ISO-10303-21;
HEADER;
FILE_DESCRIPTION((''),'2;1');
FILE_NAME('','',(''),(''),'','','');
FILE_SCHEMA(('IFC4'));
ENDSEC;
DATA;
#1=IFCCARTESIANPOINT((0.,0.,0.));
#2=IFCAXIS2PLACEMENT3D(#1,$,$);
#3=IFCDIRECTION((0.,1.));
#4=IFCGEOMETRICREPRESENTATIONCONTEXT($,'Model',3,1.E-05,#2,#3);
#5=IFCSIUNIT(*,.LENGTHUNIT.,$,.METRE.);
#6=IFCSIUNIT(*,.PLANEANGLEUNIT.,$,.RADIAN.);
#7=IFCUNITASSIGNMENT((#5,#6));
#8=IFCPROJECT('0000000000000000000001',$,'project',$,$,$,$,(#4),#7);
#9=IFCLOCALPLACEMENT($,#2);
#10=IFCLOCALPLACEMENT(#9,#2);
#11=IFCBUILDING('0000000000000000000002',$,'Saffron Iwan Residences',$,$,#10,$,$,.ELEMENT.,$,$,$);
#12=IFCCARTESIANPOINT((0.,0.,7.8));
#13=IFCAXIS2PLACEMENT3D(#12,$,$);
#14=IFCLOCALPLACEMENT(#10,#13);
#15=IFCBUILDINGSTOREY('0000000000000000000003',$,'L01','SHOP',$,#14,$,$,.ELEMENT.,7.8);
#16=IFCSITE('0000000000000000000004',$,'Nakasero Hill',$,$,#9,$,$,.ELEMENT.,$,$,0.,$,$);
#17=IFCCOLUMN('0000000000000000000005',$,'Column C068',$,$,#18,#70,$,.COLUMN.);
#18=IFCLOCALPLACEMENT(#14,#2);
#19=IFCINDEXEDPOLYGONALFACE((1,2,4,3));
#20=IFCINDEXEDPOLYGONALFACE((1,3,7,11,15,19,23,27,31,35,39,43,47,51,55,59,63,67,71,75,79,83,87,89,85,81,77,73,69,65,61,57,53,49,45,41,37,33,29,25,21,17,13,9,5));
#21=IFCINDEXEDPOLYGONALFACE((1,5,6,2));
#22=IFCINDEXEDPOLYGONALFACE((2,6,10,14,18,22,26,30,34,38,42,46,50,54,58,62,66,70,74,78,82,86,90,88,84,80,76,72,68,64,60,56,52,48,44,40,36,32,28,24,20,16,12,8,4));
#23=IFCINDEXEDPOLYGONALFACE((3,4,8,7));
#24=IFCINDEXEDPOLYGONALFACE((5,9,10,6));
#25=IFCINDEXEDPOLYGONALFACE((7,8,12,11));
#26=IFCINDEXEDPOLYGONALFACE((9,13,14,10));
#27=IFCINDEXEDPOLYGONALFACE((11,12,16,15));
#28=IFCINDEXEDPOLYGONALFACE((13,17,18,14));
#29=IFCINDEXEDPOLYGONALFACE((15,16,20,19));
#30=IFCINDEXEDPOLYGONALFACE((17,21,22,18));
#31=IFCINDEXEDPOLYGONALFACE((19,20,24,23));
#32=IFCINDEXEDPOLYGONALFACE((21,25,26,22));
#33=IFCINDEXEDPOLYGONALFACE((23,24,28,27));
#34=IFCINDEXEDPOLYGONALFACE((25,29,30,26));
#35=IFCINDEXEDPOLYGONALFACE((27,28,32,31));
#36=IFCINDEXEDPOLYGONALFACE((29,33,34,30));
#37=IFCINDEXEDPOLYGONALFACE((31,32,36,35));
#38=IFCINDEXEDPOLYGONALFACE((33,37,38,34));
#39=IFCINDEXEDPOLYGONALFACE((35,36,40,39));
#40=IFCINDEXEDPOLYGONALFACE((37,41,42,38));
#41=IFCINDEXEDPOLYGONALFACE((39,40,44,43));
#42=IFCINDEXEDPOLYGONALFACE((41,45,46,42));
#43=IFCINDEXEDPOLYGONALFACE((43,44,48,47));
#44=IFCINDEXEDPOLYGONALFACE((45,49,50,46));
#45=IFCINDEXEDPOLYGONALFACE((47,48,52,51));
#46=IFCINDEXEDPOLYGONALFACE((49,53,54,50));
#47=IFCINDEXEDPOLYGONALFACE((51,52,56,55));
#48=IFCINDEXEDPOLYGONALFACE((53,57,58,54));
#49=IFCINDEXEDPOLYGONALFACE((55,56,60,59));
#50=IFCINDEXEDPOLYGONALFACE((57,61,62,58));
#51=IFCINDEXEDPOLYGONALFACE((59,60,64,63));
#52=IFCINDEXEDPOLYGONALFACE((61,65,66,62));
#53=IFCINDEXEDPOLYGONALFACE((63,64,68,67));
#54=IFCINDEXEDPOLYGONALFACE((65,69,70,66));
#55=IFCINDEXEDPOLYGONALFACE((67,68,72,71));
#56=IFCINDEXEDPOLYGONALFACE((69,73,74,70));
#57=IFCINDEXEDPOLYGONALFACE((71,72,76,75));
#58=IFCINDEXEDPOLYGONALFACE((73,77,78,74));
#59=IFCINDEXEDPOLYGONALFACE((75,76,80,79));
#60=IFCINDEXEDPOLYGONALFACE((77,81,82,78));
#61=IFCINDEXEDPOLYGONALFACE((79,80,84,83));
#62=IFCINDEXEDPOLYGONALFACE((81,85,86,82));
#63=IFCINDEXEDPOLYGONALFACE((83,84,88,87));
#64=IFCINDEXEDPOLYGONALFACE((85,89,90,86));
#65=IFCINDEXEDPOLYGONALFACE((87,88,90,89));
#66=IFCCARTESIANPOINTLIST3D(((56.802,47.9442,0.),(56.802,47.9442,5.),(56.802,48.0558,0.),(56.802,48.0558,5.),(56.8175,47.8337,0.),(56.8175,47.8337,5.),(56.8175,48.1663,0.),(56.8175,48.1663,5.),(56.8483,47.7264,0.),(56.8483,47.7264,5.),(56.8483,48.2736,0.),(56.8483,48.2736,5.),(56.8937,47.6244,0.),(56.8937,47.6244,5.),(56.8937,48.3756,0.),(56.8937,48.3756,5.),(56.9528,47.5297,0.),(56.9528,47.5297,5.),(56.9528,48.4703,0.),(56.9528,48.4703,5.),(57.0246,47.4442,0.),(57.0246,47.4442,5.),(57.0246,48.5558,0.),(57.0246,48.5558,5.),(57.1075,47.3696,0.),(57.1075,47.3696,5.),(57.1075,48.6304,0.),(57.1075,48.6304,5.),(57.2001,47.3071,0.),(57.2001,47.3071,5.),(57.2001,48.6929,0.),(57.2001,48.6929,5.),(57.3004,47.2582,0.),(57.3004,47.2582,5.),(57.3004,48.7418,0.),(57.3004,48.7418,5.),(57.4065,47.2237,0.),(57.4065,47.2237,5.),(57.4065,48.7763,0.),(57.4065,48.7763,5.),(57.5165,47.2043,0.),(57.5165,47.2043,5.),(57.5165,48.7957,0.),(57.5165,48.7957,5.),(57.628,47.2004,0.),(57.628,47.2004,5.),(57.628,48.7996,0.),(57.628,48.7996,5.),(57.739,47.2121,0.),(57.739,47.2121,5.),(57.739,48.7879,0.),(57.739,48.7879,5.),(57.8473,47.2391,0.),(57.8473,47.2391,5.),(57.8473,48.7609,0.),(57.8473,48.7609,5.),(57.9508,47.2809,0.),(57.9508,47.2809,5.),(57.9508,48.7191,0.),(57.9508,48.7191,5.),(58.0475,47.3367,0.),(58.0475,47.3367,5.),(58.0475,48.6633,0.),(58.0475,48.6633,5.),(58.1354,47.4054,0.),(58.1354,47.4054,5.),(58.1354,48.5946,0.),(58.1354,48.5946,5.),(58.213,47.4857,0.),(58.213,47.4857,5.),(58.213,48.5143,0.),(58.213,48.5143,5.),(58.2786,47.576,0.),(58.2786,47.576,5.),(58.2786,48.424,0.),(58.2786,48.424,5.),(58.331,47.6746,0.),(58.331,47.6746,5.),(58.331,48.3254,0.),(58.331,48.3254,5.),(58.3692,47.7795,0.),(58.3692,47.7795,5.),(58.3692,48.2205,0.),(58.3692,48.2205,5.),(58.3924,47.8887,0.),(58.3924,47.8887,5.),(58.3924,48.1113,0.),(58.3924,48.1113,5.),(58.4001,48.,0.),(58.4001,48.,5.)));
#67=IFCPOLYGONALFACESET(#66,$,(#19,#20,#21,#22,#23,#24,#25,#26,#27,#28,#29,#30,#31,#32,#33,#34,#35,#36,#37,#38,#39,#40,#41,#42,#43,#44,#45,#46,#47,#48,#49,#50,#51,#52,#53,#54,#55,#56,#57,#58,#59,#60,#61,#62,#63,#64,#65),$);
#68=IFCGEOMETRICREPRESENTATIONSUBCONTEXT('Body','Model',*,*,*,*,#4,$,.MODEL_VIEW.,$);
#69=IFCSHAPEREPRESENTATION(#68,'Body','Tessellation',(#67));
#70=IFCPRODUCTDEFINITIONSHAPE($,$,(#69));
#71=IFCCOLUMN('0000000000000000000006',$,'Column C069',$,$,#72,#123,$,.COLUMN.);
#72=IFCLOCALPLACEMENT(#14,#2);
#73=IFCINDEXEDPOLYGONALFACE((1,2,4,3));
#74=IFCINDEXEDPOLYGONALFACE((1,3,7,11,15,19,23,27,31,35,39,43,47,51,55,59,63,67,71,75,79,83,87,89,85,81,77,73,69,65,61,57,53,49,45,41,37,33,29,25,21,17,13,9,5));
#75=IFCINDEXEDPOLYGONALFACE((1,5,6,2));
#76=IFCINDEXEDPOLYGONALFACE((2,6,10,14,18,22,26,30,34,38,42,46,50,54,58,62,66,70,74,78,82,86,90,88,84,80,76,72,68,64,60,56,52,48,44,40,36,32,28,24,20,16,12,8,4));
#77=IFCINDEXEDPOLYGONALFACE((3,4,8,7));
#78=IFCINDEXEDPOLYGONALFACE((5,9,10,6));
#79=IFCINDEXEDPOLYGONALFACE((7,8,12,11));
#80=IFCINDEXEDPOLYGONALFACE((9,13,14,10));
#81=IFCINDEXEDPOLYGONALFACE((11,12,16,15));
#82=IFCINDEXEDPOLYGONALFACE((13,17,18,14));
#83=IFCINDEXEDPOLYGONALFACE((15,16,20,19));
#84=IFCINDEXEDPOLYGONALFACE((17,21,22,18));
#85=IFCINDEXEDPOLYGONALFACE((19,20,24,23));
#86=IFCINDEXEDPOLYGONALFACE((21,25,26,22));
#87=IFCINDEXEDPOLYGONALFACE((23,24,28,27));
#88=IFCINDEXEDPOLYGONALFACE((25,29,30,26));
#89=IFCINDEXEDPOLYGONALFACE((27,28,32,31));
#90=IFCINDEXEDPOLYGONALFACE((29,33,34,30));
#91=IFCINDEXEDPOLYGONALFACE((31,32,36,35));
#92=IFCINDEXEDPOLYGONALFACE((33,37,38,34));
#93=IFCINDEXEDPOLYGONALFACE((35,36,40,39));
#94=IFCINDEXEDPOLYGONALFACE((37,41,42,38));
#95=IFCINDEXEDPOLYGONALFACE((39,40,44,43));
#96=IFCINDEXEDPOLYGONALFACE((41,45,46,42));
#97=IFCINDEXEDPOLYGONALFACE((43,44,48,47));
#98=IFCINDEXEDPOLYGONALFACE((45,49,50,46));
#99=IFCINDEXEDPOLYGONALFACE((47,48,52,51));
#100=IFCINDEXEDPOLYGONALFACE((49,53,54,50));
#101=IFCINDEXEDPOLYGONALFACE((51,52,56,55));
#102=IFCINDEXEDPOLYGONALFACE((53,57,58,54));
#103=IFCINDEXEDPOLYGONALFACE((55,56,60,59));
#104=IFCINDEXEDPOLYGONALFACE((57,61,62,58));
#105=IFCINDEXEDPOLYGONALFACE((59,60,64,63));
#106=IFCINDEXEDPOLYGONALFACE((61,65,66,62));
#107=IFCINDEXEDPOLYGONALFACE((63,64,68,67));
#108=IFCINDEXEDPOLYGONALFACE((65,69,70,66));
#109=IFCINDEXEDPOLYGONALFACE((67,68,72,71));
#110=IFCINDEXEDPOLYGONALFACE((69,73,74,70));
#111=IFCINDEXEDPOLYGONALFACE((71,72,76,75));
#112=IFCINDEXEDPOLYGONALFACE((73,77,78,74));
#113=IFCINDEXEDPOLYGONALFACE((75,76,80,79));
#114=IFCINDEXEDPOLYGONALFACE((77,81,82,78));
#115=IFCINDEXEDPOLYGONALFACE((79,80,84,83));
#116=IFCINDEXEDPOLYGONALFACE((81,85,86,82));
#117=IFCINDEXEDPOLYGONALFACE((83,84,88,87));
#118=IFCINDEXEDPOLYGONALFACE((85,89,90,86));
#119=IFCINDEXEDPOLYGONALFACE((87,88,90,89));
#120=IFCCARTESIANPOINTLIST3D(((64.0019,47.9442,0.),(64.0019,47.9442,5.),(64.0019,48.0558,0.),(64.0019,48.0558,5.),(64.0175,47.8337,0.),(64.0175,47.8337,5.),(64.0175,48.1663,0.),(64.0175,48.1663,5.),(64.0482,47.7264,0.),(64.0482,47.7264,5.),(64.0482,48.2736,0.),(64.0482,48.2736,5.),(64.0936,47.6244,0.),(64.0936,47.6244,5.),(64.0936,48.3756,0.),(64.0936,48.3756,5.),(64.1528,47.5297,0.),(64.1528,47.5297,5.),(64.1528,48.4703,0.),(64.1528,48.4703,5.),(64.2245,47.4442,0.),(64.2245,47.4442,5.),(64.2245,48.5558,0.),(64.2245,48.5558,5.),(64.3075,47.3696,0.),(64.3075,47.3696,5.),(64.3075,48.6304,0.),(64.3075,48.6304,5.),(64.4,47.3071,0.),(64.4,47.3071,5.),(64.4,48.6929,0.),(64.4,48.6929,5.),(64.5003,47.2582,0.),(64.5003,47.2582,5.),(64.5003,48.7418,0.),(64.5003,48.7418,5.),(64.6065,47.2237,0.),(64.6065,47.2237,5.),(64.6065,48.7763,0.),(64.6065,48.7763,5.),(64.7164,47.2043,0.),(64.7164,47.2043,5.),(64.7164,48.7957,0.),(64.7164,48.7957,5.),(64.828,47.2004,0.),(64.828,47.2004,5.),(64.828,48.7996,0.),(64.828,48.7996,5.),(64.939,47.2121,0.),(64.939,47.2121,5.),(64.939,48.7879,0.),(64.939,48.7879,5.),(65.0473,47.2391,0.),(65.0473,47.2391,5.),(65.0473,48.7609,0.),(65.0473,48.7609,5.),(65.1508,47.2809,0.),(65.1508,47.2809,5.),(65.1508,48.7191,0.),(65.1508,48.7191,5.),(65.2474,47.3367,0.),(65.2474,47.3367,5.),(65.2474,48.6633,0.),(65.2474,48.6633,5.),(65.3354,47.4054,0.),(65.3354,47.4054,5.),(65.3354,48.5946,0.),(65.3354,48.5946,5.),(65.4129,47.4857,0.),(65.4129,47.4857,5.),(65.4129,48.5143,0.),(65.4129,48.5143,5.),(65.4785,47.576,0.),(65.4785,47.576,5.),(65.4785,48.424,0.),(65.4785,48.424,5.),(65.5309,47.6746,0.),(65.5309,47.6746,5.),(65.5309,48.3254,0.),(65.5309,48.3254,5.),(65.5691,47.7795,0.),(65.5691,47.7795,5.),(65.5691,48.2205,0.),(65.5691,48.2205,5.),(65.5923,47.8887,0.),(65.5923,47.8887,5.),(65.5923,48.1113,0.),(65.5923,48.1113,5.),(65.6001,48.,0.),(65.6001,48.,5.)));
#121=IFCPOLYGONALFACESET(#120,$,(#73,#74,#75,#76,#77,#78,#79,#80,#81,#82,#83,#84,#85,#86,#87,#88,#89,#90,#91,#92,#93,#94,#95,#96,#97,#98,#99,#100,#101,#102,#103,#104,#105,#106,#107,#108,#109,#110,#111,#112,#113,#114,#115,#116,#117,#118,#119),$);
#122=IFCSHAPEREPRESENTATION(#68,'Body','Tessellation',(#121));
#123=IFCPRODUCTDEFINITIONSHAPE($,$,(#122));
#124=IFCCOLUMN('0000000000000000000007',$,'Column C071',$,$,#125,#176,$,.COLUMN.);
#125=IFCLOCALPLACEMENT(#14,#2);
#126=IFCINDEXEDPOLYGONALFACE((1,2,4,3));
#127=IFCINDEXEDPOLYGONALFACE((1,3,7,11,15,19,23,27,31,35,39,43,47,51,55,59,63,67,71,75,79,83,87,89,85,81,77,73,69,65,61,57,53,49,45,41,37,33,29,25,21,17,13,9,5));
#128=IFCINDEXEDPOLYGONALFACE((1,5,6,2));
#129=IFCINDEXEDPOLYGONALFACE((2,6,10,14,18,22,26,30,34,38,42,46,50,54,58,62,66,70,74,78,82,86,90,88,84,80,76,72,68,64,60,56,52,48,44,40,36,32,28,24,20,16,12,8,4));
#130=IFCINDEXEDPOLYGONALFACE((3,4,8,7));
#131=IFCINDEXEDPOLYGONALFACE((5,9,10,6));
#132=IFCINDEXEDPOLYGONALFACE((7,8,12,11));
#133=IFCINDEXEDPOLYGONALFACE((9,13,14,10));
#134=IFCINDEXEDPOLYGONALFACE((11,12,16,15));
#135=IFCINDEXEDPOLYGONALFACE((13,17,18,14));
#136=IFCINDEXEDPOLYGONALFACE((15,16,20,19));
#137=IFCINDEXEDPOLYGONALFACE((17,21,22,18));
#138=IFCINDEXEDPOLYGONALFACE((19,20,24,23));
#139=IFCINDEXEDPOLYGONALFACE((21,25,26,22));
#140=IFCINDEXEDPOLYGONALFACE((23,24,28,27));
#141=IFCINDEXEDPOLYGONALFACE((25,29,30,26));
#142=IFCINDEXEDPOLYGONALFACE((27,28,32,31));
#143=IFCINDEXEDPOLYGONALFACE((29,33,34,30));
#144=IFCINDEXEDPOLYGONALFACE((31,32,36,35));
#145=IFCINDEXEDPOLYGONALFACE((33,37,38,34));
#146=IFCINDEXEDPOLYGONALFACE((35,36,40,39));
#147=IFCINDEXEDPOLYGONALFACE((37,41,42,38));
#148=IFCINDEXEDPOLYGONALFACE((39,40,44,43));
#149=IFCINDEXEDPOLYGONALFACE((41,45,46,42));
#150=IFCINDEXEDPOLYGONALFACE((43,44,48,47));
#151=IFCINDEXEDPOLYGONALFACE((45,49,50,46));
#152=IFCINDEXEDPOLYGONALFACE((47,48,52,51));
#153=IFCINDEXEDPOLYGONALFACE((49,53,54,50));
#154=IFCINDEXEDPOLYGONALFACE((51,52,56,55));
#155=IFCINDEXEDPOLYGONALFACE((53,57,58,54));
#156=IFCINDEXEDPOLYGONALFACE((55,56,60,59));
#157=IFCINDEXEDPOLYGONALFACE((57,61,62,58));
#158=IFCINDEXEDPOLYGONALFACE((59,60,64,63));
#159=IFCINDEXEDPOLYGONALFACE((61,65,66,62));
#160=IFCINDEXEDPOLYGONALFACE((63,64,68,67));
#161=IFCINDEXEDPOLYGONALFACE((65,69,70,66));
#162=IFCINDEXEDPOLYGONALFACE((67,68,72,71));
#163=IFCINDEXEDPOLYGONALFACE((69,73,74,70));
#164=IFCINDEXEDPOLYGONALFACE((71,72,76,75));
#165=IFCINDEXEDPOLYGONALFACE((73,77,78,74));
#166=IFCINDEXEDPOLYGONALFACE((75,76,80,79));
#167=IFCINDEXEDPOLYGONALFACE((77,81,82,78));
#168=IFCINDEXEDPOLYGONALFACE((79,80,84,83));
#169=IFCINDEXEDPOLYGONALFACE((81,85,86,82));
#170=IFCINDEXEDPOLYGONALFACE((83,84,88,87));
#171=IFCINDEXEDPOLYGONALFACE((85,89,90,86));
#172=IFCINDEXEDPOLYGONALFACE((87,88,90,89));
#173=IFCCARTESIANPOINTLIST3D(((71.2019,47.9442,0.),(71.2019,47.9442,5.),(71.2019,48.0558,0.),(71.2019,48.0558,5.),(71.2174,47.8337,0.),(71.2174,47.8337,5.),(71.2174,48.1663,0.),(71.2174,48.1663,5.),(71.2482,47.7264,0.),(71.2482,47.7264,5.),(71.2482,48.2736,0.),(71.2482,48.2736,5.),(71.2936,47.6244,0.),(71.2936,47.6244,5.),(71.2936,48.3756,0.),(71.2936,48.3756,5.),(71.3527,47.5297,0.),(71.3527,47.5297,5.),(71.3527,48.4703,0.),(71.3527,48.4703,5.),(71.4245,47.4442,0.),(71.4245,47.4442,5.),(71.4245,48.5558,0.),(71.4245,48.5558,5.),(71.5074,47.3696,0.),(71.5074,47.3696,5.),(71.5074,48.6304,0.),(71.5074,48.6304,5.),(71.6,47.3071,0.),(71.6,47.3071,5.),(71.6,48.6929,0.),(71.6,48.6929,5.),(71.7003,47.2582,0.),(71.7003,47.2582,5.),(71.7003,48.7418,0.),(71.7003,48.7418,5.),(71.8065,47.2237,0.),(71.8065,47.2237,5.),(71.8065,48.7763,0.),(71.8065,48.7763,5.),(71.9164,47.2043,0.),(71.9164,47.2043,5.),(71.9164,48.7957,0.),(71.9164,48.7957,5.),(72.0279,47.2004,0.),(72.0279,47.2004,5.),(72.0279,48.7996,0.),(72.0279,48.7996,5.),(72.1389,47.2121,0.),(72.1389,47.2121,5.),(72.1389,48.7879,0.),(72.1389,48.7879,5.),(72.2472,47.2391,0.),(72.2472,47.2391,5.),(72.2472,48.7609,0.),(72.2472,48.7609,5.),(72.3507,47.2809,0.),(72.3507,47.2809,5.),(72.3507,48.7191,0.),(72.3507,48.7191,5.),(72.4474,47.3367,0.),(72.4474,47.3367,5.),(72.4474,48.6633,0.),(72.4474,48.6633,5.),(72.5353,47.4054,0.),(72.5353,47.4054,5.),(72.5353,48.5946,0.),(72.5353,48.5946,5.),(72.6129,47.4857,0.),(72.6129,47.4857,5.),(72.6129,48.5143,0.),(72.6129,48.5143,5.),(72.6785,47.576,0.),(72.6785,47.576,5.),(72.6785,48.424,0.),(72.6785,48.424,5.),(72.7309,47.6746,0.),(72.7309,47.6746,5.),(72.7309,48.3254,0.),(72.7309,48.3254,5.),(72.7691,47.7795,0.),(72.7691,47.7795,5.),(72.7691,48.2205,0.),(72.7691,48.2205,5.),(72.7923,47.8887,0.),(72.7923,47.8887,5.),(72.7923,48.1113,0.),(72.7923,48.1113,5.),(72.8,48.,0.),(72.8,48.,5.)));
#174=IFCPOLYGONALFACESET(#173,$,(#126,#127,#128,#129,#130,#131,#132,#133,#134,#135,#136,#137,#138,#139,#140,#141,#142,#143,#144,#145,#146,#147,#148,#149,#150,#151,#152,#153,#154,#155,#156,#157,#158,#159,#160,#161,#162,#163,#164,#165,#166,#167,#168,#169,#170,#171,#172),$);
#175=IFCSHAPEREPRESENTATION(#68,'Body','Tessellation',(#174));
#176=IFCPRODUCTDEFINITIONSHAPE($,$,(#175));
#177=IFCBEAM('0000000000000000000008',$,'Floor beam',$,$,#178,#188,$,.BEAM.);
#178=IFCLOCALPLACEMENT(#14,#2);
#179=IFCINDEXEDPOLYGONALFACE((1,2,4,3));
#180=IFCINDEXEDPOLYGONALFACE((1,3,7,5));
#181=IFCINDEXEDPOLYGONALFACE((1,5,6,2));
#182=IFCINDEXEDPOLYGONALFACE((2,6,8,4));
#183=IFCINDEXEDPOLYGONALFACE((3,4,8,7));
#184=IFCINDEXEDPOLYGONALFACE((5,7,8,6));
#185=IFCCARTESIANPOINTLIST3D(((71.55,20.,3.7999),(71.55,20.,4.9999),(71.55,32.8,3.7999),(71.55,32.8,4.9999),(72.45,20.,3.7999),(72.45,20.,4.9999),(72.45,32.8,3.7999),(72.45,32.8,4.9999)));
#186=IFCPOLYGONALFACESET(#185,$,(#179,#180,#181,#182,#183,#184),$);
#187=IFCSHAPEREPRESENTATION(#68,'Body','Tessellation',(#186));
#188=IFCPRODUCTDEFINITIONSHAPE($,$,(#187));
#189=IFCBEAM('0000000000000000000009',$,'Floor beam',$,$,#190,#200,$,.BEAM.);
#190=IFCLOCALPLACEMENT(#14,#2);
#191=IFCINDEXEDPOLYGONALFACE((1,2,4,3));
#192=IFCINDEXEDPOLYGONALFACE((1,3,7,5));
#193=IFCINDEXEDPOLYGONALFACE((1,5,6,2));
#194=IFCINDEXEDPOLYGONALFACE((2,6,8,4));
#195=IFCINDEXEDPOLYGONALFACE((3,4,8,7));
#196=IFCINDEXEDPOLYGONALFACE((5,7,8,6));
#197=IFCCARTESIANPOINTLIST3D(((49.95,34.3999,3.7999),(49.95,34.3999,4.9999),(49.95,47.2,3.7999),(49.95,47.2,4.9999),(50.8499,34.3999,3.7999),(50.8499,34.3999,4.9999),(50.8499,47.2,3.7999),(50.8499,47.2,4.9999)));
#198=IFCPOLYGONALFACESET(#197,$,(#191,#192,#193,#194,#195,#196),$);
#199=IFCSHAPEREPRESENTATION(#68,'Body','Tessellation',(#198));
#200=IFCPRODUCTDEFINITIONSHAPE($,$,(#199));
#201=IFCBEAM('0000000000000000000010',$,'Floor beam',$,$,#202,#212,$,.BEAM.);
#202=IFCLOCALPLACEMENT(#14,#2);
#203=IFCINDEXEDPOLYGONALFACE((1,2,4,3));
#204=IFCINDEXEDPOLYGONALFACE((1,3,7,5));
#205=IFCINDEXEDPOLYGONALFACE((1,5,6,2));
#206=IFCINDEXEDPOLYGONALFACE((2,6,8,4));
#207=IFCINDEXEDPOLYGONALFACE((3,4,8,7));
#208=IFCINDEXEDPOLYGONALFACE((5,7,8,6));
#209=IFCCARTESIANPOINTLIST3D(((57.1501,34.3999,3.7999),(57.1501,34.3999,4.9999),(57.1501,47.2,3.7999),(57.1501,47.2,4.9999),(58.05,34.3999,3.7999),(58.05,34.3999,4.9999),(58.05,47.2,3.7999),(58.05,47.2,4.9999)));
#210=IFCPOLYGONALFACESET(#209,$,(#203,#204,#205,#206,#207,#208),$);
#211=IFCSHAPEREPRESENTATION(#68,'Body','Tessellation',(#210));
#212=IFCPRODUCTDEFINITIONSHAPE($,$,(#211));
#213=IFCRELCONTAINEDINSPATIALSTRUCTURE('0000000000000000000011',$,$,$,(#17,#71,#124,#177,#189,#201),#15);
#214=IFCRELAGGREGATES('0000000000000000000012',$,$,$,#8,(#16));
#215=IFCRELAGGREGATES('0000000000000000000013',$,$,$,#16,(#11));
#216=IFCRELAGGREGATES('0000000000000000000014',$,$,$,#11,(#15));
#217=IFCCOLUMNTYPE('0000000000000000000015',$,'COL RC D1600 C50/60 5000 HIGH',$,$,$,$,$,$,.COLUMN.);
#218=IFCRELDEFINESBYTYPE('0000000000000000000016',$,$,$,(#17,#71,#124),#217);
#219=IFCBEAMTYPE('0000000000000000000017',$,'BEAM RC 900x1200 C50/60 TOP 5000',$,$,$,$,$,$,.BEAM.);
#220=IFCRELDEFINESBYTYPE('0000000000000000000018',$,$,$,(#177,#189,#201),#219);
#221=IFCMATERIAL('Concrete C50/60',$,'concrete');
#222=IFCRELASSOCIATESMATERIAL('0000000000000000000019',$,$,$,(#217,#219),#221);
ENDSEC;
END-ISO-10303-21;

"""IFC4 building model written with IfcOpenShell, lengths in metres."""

from ifc_helpers import new_model, si_unit, direction, frame, origin, origin_2d, place, context, subcontext, project, spatial, rectangle, circle, extrude, source, transform, mapped, material, material_profile, profile_set, type_object, element, save


model = new_model("IFC4")

# Units and contexts
model_context = context("Model", 3, precision=1e-05, world=origin(), true_north=direction((0.0, 1.0)))
body_context = subcontext(model_context, "Body", "Model", "MODEL_VIEW")
ifc_project = project(units=[si_unit("LENGTHUNIT", "METRE"), si_unit("PLANEANGLEUNIT", "RADIAN")], contexts=[model_context])

# Site, building, storey
site_placement = place(None, origin())
site = spatial("IfcSite", under=ifc_project, at=site_placement, Name="Nakasero Hill", CompositionType="ELEMENT", RefElevation=0.0)
building_placement = place(site_placement, origin())
building = spatial("IfcBuilding", under=site, at=building_placement, Name="Saffron Iwan Residences", CompositionType="ELEMENT")
storey_placement = place(building_placement, frame((0.0, 0.0, 7.8)))
storey = spatial("IfcBuildingStorey", under=building, at=storey_placement, Name="L01", Description="SHOP", CompositionType="ELEMENT", Elevation=7.8)

# Columns
ifc_material_1 = material(Name="Concrete C50/60", Category="concrete")
ifc_material_profile_1 = material_profile(ifc_material_1, circle(Radius=0.8, at=origin_2d()), Name="RC D1600")
ifc_profile_set_1 = profile_set([ifc_material_profile_1], Name="Concrete C50/60")
column_type = type_object("IfcColumnType", Name="COL RC D1600 C50/60 5000 HIGH", PredefinedType="COLUMN", material=ifc_profile_set_1)
shared_shape_1 = source(origin(), body_context, "Body", "SweptSolid", [
    extrude(circle(Radius=0.8, at=origin_2d()), origin(), (0.0, 0.0, 1.0), 5.0),
])
for number, where, z_axis, x_axis, name in (
    (1, (57.6001, 48.0, 0.0), (0.0, 0.0, 1.0), (1.0, 0.0, 0.0), "Column C068"),
    (2, (64.8, 48.0, 0.0), (0.0, 0.0, 1.0), (1.0, 0.0, 0.0), "Column C069"),
    (3, (72.0, 48.0, 0.0), (0.0, 0.0, 1.0), (1.0, 0.0, 0.0), "Column C071"),
):
    element("IfcColumn", number, at=place(storey_placement, frame(where, z_axis=z_axis, x_axis=x_axis)), inside=storey, type_object=column_type, Name=name, PredefinedType="COLUMN", context=body_context, shape_type="MappedRepresentation", body=[
        mapped(shared_shape_1, transform((0.0, 0.0, 0.0))),
    ])

# Beams
ifc_material_profile_2 = material_profile(ifc_material_1, rectangle(XDim=0.8999, YDim=1.2, at=origin_2d()), Name="RC 900x1200")
ifc_profile_set_2 = profile_set([ifc_material_profile_2], Name="Concrete C50/60")
beam_type_1 = type_object("IfcBeamType", Name="BEAM RC 900x1200 C50/60 TOP 5000", PredefinedType="BEAM", material=ifc_profile_set_2)
shared_shape_2 = source(origin(), body_context, "Body", "SweptSolid", [
    extrude(rectangle(XDim=0.8999, YDim=1.2, at=origin_2d()), origin(), (0.0, 0.0, 1.0), 12.8),
])
for number, where, z_axis, x_axis, name in (
    (4, (72.0, 20.0, 4.3999), (0.0, 1.0, 0.0), (-1.0, 0.0, 0.0), "Floor beam"),
    (5, (50.3999, 34.3999, 4.3999), (0.0, 1.0, 0.0), (-1.0, 0.0, 0.0), "Floor beam"),
    (6, (57.6001, 34.3999, 4.3999), (0.0, 1.0, 0.0), (-1.0, 0.0, 0.0), "Floor beam"),
):
    element("IfcBeam", number, at=place(storey_placement, frame(where, z_axis=z_axis, x_axis=x_axis)), inside=storey, type_object=beam_type_1, Name=name, PredefinedType="BEAM", context=body_context, shape_type="MappedRepresentation", body=[
        mapped(shared_shape_2, transform((0.0, 0.0, 0.0))),
    ])

save(model, "model.ifc")
